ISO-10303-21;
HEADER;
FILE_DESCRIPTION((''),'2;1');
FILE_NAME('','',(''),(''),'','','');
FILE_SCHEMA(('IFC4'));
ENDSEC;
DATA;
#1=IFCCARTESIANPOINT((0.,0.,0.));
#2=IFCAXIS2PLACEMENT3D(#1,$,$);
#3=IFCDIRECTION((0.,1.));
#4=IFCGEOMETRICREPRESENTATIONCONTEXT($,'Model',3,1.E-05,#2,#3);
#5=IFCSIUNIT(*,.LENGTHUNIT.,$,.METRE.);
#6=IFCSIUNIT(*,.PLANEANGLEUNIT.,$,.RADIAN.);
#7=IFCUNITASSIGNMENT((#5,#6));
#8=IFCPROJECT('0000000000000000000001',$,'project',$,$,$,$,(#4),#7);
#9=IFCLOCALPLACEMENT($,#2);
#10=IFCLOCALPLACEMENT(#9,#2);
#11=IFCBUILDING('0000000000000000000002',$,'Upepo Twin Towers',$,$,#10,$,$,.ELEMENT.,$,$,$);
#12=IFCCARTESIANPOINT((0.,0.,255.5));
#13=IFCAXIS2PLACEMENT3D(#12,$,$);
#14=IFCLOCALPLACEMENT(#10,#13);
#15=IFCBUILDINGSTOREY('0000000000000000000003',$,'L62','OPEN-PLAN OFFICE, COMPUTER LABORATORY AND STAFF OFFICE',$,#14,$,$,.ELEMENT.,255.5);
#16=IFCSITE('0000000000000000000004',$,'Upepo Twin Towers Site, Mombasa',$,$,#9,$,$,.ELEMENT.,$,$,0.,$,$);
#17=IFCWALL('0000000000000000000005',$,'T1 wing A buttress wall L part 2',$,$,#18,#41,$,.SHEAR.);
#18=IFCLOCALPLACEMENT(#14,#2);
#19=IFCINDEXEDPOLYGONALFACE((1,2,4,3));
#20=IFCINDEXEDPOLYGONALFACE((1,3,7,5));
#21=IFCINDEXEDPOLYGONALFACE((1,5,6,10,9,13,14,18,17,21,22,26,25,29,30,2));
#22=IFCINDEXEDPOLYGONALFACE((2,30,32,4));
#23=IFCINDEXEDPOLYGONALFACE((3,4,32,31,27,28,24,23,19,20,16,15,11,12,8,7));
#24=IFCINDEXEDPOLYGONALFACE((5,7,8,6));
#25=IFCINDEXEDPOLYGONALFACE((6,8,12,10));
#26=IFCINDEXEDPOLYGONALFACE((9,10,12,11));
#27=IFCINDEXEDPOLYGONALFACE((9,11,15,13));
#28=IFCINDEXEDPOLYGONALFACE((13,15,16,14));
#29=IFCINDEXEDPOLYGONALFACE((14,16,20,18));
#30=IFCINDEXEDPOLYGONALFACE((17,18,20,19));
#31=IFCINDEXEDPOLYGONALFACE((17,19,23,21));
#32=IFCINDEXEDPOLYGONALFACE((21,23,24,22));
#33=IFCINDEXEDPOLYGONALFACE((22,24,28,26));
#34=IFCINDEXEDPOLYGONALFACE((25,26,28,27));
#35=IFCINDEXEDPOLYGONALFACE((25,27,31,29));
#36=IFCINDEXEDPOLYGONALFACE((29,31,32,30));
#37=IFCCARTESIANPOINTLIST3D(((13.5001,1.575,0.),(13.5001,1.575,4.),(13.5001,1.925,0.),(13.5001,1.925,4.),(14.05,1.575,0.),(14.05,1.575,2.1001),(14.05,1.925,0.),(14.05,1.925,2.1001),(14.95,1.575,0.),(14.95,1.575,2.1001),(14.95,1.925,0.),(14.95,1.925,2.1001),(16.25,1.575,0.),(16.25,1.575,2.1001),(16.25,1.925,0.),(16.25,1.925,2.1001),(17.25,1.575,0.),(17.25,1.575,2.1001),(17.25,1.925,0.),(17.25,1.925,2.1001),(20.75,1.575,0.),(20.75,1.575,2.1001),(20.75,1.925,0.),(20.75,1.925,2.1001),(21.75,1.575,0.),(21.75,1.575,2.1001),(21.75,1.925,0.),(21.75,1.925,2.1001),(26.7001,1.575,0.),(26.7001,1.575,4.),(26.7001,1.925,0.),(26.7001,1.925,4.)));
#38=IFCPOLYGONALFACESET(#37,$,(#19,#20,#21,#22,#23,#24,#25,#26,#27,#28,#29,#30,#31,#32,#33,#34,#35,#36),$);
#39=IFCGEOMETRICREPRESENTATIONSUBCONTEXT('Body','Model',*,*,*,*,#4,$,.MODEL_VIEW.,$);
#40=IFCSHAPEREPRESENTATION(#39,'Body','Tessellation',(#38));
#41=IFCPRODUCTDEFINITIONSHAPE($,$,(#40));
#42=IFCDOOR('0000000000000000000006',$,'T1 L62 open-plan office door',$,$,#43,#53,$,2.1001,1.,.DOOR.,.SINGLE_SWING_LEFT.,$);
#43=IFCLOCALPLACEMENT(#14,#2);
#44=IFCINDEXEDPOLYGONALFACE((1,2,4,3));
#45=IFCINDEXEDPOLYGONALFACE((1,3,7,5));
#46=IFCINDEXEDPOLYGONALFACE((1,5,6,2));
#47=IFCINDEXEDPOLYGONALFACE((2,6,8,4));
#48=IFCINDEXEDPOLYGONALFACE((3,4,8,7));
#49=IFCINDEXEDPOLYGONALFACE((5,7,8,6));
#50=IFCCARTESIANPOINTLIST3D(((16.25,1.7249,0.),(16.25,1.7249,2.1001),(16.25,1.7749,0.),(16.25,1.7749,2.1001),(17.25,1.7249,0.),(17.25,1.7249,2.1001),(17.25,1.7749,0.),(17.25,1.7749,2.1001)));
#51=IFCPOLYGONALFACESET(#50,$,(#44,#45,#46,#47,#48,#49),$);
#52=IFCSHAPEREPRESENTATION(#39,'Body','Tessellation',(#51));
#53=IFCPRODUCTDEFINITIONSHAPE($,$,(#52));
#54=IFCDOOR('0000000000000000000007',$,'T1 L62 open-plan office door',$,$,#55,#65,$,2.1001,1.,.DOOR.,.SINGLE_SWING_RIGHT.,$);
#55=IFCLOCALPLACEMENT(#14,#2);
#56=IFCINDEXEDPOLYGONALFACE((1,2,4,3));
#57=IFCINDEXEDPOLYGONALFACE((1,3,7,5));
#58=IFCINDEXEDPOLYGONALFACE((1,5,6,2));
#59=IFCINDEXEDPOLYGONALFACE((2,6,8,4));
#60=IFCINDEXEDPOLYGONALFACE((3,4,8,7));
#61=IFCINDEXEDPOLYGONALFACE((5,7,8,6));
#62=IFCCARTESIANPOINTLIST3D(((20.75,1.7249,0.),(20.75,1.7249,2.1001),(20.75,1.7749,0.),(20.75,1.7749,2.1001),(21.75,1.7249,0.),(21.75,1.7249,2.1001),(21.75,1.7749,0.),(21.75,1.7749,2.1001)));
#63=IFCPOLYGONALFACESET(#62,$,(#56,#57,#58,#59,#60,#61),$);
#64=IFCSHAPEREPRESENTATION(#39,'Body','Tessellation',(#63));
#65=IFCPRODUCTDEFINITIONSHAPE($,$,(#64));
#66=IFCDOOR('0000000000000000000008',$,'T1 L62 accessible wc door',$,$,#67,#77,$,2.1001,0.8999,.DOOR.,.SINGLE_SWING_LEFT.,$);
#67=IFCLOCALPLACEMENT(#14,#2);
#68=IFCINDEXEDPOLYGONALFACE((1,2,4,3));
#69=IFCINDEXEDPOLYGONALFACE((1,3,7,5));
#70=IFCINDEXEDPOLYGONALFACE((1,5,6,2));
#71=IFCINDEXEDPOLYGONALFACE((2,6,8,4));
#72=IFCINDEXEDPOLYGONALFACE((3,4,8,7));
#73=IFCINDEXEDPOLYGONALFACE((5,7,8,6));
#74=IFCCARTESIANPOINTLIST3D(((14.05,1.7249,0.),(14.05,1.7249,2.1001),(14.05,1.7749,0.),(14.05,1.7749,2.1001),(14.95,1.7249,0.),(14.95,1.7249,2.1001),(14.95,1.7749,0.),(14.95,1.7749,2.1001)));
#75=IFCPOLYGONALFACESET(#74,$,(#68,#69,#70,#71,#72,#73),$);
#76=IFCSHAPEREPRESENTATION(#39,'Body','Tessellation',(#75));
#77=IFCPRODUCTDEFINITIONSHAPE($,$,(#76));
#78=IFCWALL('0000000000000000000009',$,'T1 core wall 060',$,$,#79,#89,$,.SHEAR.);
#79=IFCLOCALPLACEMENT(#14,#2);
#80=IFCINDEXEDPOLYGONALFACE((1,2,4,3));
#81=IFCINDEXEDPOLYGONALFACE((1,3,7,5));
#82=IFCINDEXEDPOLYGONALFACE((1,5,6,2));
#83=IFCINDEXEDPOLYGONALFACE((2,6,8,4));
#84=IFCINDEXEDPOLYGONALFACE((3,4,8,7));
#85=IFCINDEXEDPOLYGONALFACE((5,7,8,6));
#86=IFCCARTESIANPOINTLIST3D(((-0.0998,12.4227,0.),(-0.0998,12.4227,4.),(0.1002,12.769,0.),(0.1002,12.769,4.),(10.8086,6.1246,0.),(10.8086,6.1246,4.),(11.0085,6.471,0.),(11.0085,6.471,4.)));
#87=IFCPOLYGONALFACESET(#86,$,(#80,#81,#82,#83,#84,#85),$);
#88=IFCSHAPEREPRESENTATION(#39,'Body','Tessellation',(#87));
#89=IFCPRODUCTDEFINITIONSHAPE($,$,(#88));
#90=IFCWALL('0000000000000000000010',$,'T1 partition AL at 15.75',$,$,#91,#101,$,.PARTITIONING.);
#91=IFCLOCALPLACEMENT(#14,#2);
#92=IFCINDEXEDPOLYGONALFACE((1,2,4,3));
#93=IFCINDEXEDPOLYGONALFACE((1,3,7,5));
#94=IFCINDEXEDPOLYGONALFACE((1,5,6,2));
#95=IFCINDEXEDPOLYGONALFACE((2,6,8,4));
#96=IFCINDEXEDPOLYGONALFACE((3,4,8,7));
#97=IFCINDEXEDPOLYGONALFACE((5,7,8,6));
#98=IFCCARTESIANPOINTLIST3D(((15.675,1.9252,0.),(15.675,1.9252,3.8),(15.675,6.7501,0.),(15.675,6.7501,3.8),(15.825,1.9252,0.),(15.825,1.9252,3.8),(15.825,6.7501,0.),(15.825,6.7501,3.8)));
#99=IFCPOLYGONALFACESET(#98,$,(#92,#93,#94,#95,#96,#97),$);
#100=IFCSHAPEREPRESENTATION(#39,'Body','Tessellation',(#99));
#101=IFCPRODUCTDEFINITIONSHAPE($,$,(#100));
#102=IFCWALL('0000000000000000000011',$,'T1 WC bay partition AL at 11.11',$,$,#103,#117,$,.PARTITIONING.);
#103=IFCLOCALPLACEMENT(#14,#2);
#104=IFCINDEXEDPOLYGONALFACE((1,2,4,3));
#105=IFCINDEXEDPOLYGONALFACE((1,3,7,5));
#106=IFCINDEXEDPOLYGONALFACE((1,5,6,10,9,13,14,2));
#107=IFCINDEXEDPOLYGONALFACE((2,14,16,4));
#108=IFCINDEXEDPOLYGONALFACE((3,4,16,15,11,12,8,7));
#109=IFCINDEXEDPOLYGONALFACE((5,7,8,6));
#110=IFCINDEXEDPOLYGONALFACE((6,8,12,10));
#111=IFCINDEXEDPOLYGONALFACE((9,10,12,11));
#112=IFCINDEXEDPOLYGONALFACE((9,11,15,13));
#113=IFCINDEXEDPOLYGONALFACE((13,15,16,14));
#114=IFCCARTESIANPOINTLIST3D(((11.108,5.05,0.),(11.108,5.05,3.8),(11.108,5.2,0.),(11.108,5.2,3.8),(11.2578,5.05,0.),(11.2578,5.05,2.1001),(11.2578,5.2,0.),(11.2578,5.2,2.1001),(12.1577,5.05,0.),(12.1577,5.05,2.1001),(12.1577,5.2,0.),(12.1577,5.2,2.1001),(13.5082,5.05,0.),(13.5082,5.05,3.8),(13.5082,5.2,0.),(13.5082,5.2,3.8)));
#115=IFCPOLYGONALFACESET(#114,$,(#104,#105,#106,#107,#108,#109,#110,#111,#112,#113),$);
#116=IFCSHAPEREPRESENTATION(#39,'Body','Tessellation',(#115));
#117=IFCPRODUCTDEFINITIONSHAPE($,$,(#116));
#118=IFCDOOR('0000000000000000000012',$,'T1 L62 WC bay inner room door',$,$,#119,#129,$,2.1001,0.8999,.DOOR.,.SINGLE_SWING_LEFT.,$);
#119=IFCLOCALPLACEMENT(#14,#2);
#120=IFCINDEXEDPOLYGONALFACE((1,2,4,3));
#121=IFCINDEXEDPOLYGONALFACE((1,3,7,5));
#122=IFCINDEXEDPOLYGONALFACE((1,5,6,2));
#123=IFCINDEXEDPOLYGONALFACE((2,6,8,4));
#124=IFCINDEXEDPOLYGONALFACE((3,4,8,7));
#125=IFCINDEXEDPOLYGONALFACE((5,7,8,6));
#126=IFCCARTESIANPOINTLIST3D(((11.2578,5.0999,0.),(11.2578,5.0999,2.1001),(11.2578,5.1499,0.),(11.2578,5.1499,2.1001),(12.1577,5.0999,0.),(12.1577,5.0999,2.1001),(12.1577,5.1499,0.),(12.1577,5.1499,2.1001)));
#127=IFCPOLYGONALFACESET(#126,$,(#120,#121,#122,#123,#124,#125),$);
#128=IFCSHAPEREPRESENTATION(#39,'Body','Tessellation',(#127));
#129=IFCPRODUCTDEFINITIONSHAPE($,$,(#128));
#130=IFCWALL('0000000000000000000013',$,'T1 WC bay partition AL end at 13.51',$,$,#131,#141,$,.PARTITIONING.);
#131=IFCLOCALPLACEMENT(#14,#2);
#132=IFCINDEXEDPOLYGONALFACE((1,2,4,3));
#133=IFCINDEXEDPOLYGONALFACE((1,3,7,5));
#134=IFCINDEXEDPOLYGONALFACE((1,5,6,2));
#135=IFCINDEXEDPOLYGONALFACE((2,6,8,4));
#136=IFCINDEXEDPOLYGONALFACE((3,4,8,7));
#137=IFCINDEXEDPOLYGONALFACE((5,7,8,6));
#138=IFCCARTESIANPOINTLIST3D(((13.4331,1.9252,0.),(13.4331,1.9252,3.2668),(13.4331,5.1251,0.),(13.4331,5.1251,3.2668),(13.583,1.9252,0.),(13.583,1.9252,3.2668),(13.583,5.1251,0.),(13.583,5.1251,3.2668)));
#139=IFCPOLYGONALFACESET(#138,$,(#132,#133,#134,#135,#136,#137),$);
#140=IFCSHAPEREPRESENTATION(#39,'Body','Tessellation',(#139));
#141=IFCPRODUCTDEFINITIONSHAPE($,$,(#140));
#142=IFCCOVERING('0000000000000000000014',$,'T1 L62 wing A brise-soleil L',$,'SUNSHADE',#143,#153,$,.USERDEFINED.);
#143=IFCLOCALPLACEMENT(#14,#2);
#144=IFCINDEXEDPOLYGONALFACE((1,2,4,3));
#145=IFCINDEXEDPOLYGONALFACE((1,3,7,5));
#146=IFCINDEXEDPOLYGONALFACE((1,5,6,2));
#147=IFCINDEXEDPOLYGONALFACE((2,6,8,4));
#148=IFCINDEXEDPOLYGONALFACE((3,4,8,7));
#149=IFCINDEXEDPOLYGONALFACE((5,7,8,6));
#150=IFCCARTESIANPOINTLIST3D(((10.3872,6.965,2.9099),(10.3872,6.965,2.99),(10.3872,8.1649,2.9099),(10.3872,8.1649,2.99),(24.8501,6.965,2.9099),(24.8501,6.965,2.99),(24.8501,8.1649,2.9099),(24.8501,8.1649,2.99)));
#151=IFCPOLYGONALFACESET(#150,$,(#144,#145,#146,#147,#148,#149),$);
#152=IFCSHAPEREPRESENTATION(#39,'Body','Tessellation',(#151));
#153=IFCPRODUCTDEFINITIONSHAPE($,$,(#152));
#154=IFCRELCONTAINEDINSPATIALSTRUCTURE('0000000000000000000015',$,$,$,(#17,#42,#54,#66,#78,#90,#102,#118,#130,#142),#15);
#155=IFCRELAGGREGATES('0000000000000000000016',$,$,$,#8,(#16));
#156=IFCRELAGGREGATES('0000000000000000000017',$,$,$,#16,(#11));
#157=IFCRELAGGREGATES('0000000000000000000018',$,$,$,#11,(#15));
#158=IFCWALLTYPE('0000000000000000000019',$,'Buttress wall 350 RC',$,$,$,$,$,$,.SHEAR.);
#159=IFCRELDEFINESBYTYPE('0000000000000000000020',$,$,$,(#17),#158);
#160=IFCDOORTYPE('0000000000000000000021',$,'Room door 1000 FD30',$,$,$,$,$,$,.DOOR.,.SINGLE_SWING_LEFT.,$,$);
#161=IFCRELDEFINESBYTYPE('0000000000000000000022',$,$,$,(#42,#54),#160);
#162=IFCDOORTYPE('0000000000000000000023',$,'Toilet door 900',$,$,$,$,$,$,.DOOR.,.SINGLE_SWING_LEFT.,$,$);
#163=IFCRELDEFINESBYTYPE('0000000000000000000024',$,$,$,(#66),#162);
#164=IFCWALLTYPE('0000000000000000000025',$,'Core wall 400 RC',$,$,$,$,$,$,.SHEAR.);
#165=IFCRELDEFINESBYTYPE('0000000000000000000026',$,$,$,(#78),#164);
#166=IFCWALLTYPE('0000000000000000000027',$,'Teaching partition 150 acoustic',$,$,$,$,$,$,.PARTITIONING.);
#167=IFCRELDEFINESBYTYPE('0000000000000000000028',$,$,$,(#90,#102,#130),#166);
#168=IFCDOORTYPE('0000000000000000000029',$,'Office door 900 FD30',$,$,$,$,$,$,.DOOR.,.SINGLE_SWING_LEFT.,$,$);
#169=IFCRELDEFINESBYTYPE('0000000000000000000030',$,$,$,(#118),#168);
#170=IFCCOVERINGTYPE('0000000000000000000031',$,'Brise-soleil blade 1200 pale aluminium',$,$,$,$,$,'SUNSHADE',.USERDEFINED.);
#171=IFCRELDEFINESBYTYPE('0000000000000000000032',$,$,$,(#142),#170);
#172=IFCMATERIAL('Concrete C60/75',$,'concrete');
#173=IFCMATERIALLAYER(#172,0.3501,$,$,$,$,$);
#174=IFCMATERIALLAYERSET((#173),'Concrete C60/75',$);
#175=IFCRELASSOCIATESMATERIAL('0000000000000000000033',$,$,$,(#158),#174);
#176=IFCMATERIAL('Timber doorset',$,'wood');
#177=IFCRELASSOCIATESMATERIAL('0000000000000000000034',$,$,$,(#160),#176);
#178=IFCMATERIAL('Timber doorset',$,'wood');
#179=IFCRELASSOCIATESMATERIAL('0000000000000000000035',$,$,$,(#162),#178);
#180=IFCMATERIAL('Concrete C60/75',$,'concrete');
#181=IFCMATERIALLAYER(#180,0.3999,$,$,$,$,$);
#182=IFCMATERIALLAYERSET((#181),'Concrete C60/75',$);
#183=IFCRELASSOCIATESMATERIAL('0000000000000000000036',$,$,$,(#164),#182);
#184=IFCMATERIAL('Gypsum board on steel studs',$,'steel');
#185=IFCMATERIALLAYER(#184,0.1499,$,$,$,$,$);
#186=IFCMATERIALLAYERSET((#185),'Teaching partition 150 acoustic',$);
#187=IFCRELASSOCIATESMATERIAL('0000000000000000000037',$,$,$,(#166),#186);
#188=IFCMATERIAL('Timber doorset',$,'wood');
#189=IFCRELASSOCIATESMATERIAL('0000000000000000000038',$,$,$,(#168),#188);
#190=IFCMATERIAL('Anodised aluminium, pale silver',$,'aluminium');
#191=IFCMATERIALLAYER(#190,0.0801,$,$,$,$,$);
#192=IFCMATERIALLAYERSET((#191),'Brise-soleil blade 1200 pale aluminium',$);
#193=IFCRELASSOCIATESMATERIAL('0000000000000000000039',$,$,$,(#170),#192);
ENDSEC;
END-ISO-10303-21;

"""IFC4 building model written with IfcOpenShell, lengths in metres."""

from ifc_helpers import new_model, si_unit, direction, frame, frame_2d, origin, origin_2d, place, context, subcontext, project, spatial, rectangle, extrude, material, layer, layer_set, type_object, element, fill, save


model = new_model("IFC4")

# Units and contexts
model_context = context("Model", 3, precision=1e-05, world=origin(), true_north=direction((0.0, 1.0)))
body_context = subcontext(model_context, "Body", "Model", "MODEL_VIEW")
ifc_project = project(units=[si_unit("LENGTHUNIT", "METRE"), si_unit("PLANEANGLEUNIT", "RADIAN")], contexts=[model_context])

# Site, building, storey
site_placement = place(None, origin())
site = spatial("IfcSite", under=ifc_project, at=site_placement, Name="Upepo Twin Towers Site, Mombasa", CompositionType="ELEMENT", RefElevation=0.0)
building_placement = place(site_placement, origin())
building = spatial("IfcBuilding", under=site, at=building_placement, Name="Upepo Twin Towers", CompositionType="ELEMENT")
storey_placement = place(building_placement, frame((0.0, 0.0, 255.5)))
storey = spatial("IfcBuildingStorey", under=building, at=storey_placement, Name="L62", Description="OPEN-PLAN OFFICE, COMPUTER LABORATORY AND STAFF OFFICE", CompositionType="ELEMENT", Elevation=255.5)

# Shared definitions
ifc_material_1 = material(Name="Concrete C60/75", Category="concrete")
ifc_layer_1 = layer(ifc_material_1, 0.3501)
ifc_layer_set_1 = layer_set([ifc_layer_1], Name="Concrete C60/75")
wall_type_1 = type_object("IfcWallType", Name="Buttress wall 350 RC", PredefinedType="SHEAR", material=ifc_layer_set_1)

# Wall, openings, doors
wall_1_placement = place(storey_placement, frame((13.5, 1.75, 0.0), z_axis=(0.0, 0.0, 1.0), x_axis=(1.0, 0.0, 0.0)))
wall_1 = element("IfcWall", 1, at=wall_1_placement, inside=storey, type_object=wall_type_1, Name="T1 wing A buttress wall L part 2", PredefinedType="SHEAR", context=body_context, shape_type="SweptSolid", body=[
    extrude(rectangle(XDim=13.2, YDim=0.3501, at=frame_2d((6.6001, 0.0))), origin(), (0.0, 0.0, 1.0), 4.0),
])
opening_1_placement = place(wall_1_placement, frame((0.55, 0.0, 0.0)))
opening_1 = element("IfcOpeningElement", 2, at=opening_1_placement, cuts=wall_1, PredefinedType="OPENING", context=body_context, shape_type="SweptSolid", body=[
    extrude(rectangle(XDim=0.8999, YDim=2.1001, at=frame_2d((0.45, 1.05))), frame((0.0, 0.1851, 0.0), z_axis=(0.0, -1.0, 0.0), x_axis=(1.0, 0.0, 0.0)), (0.0, 0.0, 1.0), 0.3701),
])
opening_2_placement = place(wall_1_placement, frame((2.75, 0.0, 0.0)))
opening_2 = element("IfcOpeningElement", 3, at=opening_2_placement, cuts=wall_1, PredefinedType="OPENING", context=body_context, shape_type="SweptSolid", body=[
    extrude(rectangle(XDim=1.0, YDim=2.1001, at=frame_2d((0.5, 1.05))), frame((0.0, 0.1851, 0.0), z_axis=(0.0, -1.0, 0.0), x_axis=(1.0, 0.0, 0.0)), (0.0, 0.0, 1.0), 0.3701),
])
opening_3_placement = place(wall_1_placement, frame((7.25, 0.0, 0.0)))
opening_3 = element("IfcOpeningElement", 4, at=opening_3_placement, cuts=wall_1, PredefinedType="OPENING", context=body_context, shape_type="SweptSolid", body=[
    extrude(rectangle(XDim=1.0, YDim=2.1001, at=frame_2d((0.5, 1.05))), frame((0.0, 0.1851, 0.0), z_axis=(0.0, -1.0, 0.0), x_axis=(1.0, 0.0, 0.0)), (0.0, 0.0, 1.0), 0.3701),
])
ifc_material_2 = material(Name="Timber doorset", Category="wood")
door_type_1 = type_object("IfcDoorType", Name="Room door 1000 FD30", OperationType="SINGLE_SWING_LEFT", PredefinedType="DOOR", material=ifc_material_2)
door_1_placement = place(opening_2_placement, origin())
door_1 = element("IfcDoor", 5, at=door_1_placement, inside=storey, type_object=door_type_1, Name="T1 L62 open-plan office door", OperationType="SINGLE_SWING_LEFT", OverallHeight=2.1001, OverallWidth=1.0, PredefinedType="DOOR", context=body_context, shape_type="SweptSolid", body=[
    extrude(rectangle(XDim=1.0, YDim=2.1001, at=frame_2d((0.5, 1.05))), frame((0.0, 0.0249, 0.0), z_axis=(0.0, -1.0, 0.0), x_axis=(1.0, 0.0, 0.0)), (0.0, 0.0, 1.0), 0.05),
])
fill(opening_2, door_1)
door_2_placement = place(opening_3_placement, origin())
door_2 = element("IfcDoor", 6, at=door_2_placement, inside=storey, type_object=door_type_1, Name="T1 L62 open-plan office door", OperationType="SINGLE_SWING_RIGHT", OverallHeight=2.1001, OverallWidth=1.0, PredefinedType="DOOR", context=body_context, shape_type="SweptSolid", body=[
    extrude(rectangle(XDim=1.0, YDim=2.1001, at=frame_2d((0.5, 1.05))), frame((0.0, 0.0249, 0.0), z_axis=(0.0, -1.0, 0.0), x_axis=(1.0, 0.0, 0.0)), (0.0, 0.0, 1.0), 0.05),
])
fill(opening_3, door_2)
ifc_material_3 = material(Name="Timber doorset", Category="wood")
door_type_2 = type_object("IfcDoorType", Name="Toilet door 900", OperationType="SINGLE_SWING_LEFT", PredefinedType="DOOR", material=ifc_material_3)
door_3_placement = place(opening_1_placement, origin())
door_3 = element("IfcDoor", 7, at=door_3_placement, inside=storey, type_object=door_type_2, Name="T1 L62 accessible wc door", OperationType="SINGLE_SWING_LEFT", OverallHeight=2.1001, OverallWidth=0.8999, PredefinedType="DOOR", context=body_context, shape_type="SweptSolid", body=[
    extrude(rectangle(XDim=0.8999, YDim=2.1001, at=frame_2d((0.45, 1.05))), frame((0.0, 0.0249, 0.0), z_axis=(0.0, -1.0, 0.0), x_axis=(1.0, 0.0, 0.0)), (0.0, 0.0, 1.0), 0.05),
])
fill(opening_1, door_3)

# Walls
ifc_material_4 = material(Name="Concrete C60/75", Category="concrete")
ifc_layer_2 = layer(ifc_material_4, 0.3999)
ifc_layer_set_2 = layer_set([ifc_layer_2], Name="Concrete C60/75")
wall_type_2 = type_object("IfcWallType", Name="Core wall 400 RC", PredefinedType="SHEAR", material=ifc_layer_set_2)
wall_2_placement = place(storey_placement, frame((10.9084, 6.2979, 0.0), z_axis=(0.0, 0.0, 1.0), x_axis=(-0.866022, 0.500006, 0.0)))
element("IfcWall", 8, at=wall_2_placement, inside=storey, type_object=wall_type_2, Name="T1 core wall 060", PredefinedType="SHEAR", context=body_context, shape_type="SweptSolid", body=[
    extrude(rectangle(XDim=12.5959, YDim=0.3999, at=frame_2d((6.2979, 0.0))), origin(), (0.0, 0.0, 1.0), 4.0),
])
ifc_material_5 = material(Name="Gypsum board on steel studs", Category="steel")
ifc_layer_3 = layer(ifc_material_5, 0.1499)
ifc_layer_set_3 = layer_set([ifc_layer_3], Name="Teaching partition 150 acoustic")
wall_type_3 = type_object("IfcWallType", Name="Teaching partition 150 acoustic", PredefinedType="PARTITIONING", material=ifc_layer_set_3)
wall_3_placement = place(storey_placement, frame((15.75, 1.925, 0.0), z_axis=(0.0, 0.0, 1.0), x_axis=(0.0, 1.0, 0.0)))
element("IfcWall", 9, at=wall_3_placement, inside=storey, type_object=wall_type_3, Name="T1 partition AL at 15.75", PredefinedType="PARTITIONING", context=body_context, shape_type="SweptSolid", body=[
    extrude(rectangle(XDim=4.825, YDim=0.1499, at=frame_2d((2.4126, 0.0))), origin(), (0.0, 0.0, 1.0), 3.8),
])

# Wall, opening, door
wall_4_placement = place(storey_placement, frame((11.1079, 5.125, 0.0), z_axis=(0.0, 0.0, 1.0), x_axis=(1.0, 0.0, 0.0)))
wall_4 = element("IfcWall", 10, at=wall_4_placement, inside=storey, type_object=wall_type_3, Name="T1 WC bay partition AL at 11.11", PredefinedType="PARTITIONING", context=body_context, shape_type="SweptSolid", body=[
    extrude(rectangle(XDim=2.4001, YDim=0.1499, at=frame_2d((1.2002, 0.0))), origin(), (0.0, 0.0, 1.0), 3.8),
])
opening_4_placement = place(wall_4_placement, frame((0.1499, 0.0, 0.0)))
opening_4 = element("IfcOpeningElement", 11, at=opening_4_placement, cuts=wall_4, PredefinedType="OPENING", context=body_context, shape_type="SweptSolid", body=[
    extrude(rectangle(XDim=0.8999, YDim=2.1001, at=frame_2d((0.45, 1.05))), frame((0.0, 0.085, 0.0), z_axis=(0.0, -1.0, 0.0), x_axis=(1.0, 0.0, 0.0)), (0.0, 0.0, 1.0), 0.1699),
])
ifc_material_6 = material(Name="Timber doorset", Category="wood")
door_type_3 = type_object("IfcDoorType", Name="Office door 900 FD30", OperationType="SINGLE_SWING_LEFT", PredefinedType="DOOR", material=ifc_material_6)
door_4_placement = place(opening_4_placement, origin())
door_4 = element("IfcDoor", 12, at=door_4_placement, inside=storey, type_object=door_type_3, Name="T1 L62 WC bay inner room door", OperationType="SINGLE_SWING_LEFT", OverallHeight=2.1001, OverallWidth=0.8999, PredefinedType="DOOR", context=body_context, shape_type="SweptSolid", body=[
    extrude(rectangle(XDim=0.8999, YDim=2.1001, at=frame_2d((0.45, 1.05))), frame((0.0, 0.0249, 0.0), z_axis=(0.0, -1.0, 0.0), x_axis=(1.0, 0.0, 0.0)), (0.0, 0.0, 1.0), 0.05),
])
fill(opening_4, door_4)

# Wall
wall_5_placement = place(storey_placement, frame((13.5081, 1.925, 0.0), z_axis=(0.0, 0.0, 1.0), x_axis=(0.0, 1.0, 0.0)))
element("IfcWall", 13, at=wall_5_placement, inside=storey, type_object=wall_type_3, Name="T1 WC bay partition AL end at 13.51", PredefinedType="PARTITIONING", context=body_context, shape_type="SweptSolid", body=[
    extrude(rectangle(XDim=3.2, YDim=0.1499, at=frame_2d((1.6001, 0.0))), origin(), (0.0, 0.0, 1.0), 3.2668),
])

# Covering
ifc_material_7 = material(Name="Anodised aluminium, pale silver", Category="aluminium")
ifc_layer_4 = layer(ifc_material_7, 0.0801)
ifc_layer_set_4 = layer_set([ifc_layer_4], Name="Brise-soleil blade 1200 pale aluminium")
covering_type = type_object("IfcCoveringType", Name="Brise-soleil blade 1200 pale aluminium", ElementType="SUNSHADE", PredefinedType="USERDEFINED", material=ifc_layer_set_4)
covering_placement = place(storey_placement, frame((17.6187, 7.5649, 2.9099), z_axis=(0.0, 0.0, 1.0), x_axis=(1.0, 0.0, 0.0)))
element("IfcCovering", 14, at=covering_placement, inside=storey, type_object=covering_type, Name="T1 L62 wing A brise-soleil L", ObjectType="SUNSHADE", PredefinedType="USERDEFINED", context=body_context, shape_type="SweptSolid", body=[
    extrude(rectangle(XDim=14.4629, YDim=1.2, at=origin_2d()), origin(), (0.0, 0.0, 1.0), 0.0801),
])

save(model, "model.ifc")
